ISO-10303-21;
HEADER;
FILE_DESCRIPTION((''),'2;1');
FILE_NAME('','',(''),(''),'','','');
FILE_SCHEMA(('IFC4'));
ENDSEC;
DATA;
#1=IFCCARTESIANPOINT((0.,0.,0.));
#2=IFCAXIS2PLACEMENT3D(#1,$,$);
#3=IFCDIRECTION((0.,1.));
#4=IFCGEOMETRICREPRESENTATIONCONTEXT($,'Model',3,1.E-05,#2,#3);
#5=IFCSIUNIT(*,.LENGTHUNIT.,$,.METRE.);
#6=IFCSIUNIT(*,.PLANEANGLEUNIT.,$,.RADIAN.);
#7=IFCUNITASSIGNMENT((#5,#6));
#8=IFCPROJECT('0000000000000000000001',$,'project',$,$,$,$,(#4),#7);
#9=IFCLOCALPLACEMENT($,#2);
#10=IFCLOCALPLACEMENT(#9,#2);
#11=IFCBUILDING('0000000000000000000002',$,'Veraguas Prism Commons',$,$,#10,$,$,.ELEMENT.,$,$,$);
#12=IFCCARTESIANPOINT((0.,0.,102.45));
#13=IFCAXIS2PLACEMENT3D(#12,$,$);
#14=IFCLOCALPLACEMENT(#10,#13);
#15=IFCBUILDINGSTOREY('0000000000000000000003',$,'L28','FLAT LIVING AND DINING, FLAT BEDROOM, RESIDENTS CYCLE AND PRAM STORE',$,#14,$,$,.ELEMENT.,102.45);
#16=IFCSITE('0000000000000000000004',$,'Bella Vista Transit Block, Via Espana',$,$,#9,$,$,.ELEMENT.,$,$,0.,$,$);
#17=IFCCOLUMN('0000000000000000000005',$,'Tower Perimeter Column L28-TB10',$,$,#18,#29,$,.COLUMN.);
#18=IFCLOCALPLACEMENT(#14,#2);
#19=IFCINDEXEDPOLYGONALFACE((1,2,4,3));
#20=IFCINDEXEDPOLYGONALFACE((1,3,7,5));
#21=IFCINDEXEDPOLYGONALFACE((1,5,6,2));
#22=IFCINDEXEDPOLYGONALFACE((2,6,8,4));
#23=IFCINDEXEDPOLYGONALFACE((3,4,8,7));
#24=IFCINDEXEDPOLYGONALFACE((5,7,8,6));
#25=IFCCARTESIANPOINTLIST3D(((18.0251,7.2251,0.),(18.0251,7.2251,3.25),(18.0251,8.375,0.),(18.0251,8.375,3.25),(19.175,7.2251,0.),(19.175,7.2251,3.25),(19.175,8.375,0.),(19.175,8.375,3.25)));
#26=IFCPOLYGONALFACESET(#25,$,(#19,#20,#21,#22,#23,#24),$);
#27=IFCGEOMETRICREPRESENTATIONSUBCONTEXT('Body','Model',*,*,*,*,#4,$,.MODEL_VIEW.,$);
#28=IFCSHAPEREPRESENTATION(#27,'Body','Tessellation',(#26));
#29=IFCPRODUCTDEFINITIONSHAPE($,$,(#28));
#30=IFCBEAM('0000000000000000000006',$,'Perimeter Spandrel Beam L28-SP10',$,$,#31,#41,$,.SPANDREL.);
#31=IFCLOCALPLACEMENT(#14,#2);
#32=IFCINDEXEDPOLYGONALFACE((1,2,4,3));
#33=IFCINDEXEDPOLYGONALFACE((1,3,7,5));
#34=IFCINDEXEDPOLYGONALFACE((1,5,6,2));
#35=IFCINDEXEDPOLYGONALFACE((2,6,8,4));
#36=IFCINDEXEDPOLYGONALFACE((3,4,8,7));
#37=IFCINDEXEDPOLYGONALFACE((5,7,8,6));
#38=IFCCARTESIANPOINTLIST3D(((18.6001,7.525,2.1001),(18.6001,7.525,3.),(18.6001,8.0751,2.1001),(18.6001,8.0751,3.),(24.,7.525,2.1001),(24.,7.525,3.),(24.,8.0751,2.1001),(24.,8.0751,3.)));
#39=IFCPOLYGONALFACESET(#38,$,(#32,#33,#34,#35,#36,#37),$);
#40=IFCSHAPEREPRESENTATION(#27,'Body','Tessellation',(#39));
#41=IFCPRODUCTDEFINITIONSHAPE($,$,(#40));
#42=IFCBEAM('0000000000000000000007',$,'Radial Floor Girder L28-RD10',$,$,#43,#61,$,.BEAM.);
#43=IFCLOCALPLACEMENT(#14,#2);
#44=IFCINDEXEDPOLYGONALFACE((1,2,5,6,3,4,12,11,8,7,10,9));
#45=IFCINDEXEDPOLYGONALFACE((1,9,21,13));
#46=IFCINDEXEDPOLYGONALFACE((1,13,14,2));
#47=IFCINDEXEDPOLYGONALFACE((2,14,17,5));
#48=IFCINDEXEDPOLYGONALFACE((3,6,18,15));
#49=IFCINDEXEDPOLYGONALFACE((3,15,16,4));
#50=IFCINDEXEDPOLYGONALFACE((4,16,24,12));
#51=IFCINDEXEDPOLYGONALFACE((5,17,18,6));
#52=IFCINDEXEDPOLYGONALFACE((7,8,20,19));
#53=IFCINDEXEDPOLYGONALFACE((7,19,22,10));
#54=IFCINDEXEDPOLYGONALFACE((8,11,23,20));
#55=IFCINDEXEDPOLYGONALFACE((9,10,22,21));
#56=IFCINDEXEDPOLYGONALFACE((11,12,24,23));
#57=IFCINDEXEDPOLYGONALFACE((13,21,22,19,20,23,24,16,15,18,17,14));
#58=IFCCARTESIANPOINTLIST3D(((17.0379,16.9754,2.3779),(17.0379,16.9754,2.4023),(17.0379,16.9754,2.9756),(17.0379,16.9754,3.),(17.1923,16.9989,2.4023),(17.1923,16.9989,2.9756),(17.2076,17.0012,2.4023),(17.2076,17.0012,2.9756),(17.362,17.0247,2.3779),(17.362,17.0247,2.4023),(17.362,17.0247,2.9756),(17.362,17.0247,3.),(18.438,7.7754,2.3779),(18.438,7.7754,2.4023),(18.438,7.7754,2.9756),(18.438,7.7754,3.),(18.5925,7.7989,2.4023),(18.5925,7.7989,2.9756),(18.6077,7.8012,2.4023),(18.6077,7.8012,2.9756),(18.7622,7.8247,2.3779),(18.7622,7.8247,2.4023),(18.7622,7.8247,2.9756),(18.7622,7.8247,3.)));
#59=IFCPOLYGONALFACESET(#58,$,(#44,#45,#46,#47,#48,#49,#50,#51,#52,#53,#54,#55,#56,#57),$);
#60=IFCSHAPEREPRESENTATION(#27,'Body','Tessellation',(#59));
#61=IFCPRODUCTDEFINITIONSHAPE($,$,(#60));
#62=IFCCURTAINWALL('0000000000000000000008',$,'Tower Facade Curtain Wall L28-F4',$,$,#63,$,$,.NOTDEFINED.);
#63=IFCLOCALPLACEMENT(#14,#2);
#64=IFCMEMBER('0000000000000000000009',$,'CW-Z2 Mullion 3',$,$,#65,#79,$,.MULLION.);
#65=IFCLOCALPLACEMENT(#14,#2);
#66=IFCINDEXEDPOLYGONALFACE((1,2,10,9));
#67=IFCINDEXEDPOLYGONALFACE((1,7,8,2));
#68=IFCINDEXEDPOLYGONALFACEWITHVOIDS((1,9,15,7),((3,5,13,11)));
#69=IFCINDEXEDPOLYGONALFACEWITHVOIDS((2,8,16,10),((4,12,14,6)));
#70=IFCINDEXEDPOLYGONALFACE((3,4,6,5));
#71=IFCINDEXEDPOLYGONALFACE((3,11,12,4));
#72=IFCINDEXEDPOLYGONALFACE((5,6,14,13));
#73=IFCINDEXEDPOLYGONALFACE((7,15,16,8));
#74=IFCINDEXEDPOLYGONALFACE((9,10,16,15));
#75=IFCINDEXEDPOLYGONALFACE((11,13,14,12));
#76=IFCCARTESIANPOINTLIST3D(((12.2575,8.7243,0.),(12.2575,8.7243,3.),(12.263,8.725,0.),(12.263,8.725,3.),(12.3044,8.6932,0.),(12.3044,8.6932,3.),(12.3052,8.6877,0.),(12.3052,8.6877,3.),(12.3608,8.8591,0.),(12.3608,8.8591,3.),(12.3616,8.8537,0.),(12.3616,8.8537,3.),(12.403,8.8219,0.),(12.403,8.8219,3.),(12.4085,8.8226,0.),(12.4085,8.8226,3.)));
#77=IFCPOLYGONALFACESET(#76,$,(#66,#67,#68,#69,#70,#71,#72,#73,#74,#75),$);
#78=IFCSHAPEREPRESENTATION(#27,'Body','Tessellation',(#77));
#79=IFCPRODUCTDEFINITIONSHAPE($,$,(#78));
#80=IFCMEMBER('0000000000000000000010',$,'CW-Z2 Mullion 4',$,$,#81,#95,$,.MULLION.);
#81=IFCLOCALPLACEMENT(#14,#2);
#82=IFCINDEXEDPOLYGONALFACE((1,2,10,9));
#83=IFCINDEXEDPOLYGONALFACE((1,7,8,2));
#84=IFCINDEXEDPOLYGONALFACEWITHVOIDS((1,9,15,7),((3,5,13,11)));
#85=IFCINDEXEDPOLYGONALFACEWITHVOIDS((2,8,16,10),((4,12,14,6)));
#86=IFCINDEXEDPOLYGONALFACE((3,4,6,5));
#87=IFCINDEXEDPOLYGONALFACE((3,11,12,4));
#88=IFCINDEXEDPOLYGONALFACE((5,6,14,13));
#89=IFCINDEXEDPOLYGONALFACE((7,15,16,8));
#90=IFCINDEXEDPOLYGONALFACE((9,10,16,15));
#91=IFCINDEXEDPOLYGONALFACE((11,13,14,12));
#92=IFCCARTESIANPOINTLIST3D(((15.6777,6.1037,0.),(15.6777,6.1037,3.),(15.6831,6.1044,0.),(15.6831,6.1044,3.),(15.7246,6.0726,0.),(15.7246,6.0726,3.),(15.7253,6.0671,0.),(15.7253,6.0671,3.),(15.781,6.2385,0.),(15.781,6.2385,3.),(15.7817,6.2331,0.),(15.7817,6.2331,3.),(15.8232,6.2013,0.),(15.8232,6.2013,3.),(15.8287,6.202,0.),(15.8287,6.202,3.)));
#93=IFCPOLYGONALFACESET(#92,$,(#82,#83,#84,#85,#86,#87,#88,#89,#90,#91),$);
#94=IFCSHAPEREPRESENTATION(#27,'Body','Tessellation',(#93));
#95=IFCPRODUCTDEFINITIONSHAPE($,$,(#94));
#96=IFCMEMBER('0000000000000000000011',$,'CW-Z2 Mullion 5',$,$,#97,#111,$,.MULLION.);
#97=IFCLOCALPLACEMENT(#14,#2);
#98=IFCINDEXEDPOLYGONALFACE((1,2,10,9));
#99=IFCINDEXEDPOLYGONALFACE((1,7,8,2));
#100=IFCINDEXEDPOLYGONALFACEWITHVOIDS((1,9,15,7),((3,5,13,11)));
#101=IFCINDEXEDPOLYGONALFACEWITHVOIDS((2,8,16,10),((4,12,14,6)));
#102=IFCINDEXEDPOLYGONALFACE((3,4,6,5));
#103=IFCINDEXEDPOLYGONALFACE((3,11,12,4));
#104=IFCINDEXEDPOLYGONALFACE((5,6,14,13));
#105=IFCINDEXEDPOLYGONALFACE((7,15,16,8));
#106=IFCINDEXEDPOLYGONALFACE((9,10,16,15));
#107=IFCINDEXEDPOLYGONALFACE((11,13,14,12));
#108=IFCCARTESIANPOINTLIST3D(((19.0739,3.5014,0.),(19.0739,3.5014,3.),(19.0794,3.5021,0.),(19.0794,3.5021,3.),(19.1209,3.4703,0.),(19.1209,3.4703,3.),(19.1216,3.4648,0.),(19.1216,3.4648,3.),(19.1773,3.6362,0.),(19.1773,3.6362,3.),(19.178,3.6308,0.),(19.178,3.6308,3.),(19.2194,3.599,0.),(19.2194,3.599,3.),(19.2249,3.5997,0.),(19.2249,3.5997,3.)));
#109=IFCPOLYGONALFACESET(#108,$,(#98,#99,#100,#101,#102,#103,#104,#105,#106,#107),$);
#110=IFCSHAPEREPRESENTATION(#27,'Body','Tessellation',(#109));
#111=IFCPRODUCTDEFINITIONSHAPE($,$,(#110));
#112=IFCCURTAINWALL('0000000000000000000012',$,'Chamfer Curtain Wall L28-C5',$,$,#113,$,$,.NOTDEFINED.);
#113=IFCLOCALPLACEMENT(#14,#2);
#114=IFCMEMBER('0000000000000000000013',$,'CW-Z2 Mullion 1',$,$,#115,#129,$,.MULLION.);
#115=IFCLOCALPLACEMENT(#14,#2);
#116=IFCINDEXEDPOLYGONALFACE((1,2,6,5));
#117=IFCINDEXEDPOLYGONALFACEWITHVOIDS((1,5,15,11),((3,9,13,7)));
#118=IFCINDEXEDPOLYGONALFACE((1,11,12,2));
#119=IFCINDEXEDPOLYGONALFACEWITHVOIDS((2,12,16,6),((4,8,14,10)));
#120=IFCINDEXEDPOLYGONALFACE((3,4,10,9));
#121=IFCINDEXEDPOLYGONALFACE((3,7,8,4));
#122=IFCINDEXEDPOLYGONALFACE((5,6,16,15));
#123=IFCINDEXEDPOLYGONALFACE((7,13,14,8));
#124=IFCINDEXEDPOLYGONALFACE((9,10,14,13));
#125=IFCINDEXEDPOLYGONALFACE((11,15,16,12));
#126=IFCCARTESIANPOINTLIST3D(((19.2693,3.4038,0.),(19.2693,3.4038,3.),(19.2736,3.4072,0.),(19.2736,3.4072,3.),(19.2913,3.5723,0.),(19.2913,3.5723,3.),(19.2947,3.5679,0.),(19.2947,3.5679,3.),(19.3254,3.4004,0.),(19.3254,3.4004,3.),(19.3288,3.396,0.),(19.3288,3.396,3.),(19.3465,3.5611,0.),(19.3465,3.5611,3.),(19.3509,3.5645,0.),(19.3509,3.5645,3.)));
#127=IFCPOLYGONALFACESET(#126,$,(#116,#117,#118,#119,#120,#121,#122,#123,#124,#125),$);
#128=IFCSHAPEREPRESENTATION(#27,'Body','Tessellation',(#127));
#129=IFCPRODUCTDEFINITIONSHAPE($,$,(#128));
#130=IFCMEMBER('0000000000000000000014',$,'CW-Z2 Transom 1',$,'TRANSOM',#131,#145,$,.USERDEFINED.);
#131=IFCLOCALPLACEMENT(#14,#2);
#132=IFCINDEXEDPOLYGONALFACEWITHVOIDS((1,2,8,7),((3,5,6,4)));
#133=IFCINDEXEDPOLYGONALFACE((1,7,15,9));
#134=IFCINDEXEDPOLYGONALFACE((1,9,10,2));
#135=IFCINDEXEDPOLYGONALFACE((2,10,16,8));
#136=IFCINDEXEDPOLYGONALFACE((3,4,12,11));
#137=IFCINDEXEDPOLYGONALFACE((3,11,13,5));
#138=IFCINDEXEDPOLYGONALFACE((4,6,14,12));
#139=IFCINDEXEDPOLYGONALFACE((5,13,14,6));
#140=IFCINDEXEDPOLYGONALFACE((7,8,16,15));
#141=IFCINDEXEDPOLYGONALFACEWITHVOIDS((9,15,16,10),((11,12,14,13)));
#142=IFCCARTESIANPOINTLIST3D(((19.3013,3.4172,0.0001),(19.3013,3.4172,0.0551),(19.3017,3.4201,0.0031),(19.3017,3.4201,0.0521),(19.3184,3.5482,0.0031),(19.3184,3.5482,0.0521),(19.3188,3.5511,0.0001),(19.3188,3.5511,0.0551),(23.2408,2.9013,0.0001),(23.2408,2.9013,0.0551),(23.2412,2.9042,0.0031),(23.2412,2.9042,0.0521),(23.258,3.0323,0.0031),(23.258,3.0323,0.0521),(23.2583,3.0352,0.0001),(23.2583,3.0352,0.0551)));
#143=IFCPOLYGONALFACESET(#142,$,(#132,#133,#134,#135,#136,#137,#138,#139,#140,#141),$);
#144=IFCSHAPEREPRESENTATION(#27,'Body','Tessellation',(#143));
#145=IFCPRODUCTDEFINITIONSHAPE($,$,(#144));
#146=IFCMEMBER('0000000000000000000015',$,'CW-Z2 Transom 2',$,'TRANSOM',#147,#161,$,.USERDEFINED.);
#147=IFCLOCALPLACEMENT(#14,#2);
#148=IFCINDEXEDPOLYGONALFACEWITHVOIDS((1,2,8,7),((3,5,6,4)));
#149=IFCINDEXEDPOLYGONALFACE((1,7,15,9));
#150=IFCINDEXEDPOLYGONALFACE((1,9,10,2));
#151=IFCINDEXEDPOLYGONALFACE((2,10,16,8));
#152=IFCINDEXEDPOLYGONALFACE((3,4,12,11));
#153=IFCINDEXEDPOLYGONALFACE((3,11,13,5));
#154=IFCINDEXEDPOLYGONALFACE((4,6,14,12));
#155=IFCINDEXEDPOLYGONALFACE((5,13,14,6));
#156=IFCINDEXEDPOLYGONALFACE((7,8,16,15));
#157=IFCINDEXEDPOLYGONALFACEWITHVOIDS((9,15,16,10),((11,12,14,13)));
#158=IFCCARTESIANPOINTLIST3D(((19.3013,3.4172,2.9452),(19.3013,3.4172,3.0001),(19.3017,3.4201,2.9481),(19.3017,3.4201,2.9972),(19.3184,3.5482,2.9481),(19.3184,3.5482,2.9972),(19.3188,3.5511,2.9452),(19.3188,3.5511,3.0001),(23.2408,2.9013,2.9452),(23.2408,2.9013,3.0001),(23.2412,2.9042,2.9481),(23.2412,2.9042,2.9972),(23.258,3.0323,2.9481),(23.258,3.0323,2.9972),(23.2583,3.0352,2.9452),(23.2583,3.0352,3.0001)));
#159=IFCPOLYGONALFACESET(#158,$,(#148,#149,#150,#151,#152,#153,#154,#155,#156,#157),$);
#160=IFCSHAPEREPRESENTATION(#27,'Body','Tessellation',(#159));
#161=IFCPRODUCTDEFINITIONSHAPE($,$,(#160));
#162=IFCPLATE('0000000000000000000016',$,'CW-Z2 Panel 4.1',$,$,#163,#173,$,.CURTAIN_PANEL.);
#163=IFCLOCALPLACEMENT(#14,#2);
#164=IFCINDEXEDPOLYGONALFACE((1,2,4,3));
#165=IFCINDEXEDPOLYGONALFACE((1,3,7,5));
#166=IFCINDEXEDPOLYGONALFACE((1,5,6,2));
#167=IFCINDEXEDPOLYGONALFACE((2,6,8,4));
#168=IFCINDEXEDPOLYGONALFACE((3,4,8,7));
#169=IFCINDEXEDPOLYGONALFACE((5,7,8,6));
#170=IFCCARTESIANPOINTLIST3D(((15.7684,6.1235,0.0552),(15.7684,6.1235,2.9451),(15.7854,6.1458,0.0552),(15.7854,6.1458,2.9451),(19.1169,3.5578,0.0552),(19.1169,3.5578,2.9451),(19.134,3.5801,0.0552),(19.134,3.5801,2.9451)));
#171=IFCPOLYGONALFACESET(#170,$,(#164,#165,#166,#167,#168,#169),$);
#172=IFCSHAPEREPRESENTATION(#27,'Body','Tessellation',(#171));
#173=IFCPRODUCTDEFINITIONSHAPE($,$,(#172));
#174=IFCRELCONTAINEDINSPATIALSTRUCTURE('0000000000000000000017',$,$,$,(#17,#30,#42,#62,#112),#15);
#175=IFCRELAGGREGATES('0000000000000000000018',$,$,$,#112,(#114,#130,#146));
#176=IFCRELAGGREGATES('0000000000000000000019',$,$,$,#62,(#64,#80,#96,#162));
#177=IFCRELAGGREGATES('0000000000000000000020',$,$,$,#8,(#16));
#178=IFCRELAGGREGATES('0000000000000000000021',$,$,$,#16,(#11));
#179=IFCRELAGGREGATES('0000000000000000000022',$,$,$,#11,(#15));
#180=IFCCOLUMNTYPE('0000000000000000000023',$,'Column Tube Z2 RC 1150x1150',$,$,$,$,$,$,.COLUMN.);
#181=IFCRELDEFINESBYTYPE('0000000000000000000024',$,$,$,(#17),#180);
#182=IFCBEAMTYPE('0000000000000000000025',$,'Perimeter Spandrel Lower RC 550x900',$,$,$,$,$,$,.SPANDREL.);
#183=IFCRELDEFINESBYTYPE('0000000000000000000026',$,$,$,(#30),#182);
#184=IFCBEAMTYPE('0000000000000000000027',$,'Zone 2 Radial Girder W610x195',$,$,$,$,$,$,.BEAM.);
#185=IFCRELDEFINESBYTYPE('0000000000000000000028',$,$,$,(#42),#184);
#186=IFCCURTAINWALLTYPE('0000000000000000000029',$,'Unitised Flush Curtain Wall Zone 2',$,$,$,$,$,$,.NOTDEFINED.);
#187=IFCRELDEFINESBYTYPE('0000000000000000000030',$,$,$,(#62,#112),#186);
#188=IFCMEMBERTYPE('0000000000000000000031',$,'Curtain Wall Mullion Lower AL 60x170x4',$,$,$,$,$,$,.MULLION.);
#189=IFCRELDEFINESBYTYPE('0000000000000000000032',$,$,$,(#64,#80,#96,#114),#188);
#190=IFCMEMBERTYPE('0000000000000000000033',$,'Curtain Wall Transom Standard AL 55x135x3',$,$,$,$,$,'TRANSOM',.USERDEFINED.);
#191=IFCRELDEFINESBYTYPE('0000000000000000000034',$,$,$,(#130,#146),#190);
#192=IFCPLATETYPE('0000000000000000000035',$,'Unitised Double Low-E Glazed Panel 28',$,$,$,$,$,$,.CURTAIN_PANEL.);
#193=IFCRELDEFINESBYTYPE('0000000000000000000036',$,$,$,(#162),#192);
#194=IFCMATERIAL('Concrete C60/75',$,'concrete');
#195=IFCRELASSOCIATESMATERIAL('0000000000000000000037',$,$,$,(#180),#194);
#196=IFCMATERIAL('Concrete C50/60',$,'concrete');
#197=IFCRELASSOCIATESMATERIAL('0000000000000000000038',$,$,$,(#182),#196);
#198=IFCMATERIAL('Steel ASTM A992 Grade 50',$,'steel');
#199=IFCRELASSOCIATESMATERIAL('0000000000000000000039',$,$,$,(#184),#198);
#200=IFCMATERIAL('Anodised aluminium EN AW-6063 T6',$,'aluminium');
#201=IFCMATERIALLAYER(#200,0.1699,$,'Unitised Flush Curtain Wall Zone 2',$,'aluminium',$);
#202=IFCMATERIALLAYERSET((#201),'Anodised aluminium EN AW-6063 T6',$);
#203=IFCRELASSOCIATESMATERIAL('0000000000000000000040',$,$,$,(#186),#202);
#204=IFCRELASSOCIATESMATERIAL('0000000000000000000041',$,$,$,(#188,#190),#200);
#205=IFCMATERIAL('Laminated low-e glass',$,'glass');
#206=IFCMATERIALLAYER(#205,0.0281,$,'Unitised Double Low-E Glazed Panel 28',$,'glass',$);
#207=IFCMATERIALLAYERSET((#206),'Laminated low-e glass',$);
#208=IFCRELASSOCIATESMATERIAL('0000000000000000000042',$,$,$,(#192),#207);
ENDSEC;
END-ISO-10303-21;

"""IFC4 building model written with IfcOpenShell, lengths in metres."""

from ifc_helpers import new_model, si_unit, direction, frame, origin, origin_2d, place, context, subcontext, project, spatial, rectangle, hollow_rectangle, i_section, extrude, source, transform, mapped, material, layer, layer_set, material_profile, profile_set, type_object, element, aggregate, save


model = new_model("IFC4")

# Units and contexts
model_context = context("Model", 3, precision=1e-05, world=origin(), true_north=direction((0.0, 1.0)))
body_context = subcontext(model_context, "Body", "Model", "MODEL_VIEW")
ifc_project = project(units=[si_unit("LENGTHUNIT", "METRE"), si_unit("PLANEANGLEUNIT", "RADIAN")], contexts=[model_context])

# Site, building, storey
site_placement = place(None, origin())
site = spatial("IfcSite", under=ifc_project, at=site_placement, Name="Bella Vista Transit Block, Via Espana", CompositionType="ELEMENT", RefElevation=0.0)
building_placement = place(site_placement, origin())
building = spatial("IfcBuilding", under=site, at=building_placement, Name="Veraguas Prism Commons", CompositionType="ELEMENT")
storey_placement = place(building_placement, frame((0.0, 0.0, 102.45)))
storey = spatial("IfcBuildingStorey", under=building, at=storey_placement, Name="L28", Description="FLAT LIVING AND DINING, FLAT BEDROOM, RESIDENTS CYCLE AND PRAM STORE", CompositionType="ELEMENT", Elevation=102.45)

# Column
ifc_material_1 = material(Name="Concrete C60/75", Category="concrete")
ifc_material_profile_1 = material_profile(ifc_material_1, rectangle(XDim=1.1499, YDim=1.1499, at=origin_2d()), Name="RC1150X1150")
ifc_profile_set_1 = profile_set([ifc_material_profile_1], Name="Concrete C60/75")
column_type = type_object("IfcColumnType", Name="Column Tube Z2 RC 1150x1150", PredefinedType="COLUMN", material=ifc_profile_set_1)
column_placement = place(storey_placement, frame((18.6001, 7.8, 0.0), z_axis=(0.0, 0.0, 1.0), x_axis=(1.0, 0.0, 0.0)))
element("IfcColumn", 1, at=column_placement, inside=storey, type_object=column_type, Name="Tower Perimeter Column L28-TB10", PredefinedType="COLUMN", context=body_context, shape_type="SweptSolid", body=[
    extrude(rectangle(XDim=1.1499, YDim=1.1499, at=origin_2d()), origin(), (0.0, 0.0, 1.0), 3.25),
])

# Beams
ifc_material_2 = material(Name="Concrete C50/60", Category="concrete")
ifc_material_profile_2 = material_profile(ifc_material_2, rectangle(XDim=0.55, YDim=0.8999, at=origin_2d()), Name="RC550X900")
ifc_profile_set_2 = profile_set([ifc_material_profile_2], Name="Concrete C50/60")
beam_type_1 = type_object("IfcBeamType", Name="Perimeter Spandrel Lower RC 550x900", PredefinedType="SPANDREL", material=ifc_profile_set_2)
beam_1_placement = place(storey_placement, frame((18.6001, 7.8, 2.55), z_axis=(1.0, 0.0, 0.0), x_axis=(0.0, 1.0, 0.0)))
element("IfcBeam", 2, at=beam_1_placement, inside=storey, type_object=beam_type_1, Name="Perimeter Spandrel Beam L28-SP10", PredefinedType="SPANDREL", context=body_context, shape_type="SweptSolid", body=[
    extrude(rectangle(XDim=0.55, YDim=0.8999, at=origin_2d()), origin(), (0.0, 0.0, 1.0), 5.3999),
])
ifc_material_3 = material(Name="Steel ASTM A992 Grade 50", Category="steel")
ifc_material_profile_3 = material_profile(ifc_material_3, i_section(OverallWidth=0.3279, OverallDepth=0.6221, WebThickness=0.0154, FlangeThickness=0.0244, at=origin_2d()), Name="W610X195")
ifc_profile_set_3 = profile_set([ifc_material_profile_3], Name="Steel ASTM A992 Grade 50")
beam_type_2 = type_object("IfcBeamType", Name="Zone 2 Radial Girder W610x195", PredefinedType="BEAM", material=ifc_profile_set_3)
beam_2_placement = place(storey_placement, frame((18.6001, 7.8, 2.689), z_axis=(-0.150458, 0.988616, 0.0), x_axis=(-0.988616, -0.150458, 0.0)))
element("IfcBeam", 3, at=beam_2_placement, inside=storey, type_object=beam_type_2, Name="Radial Floor Girder L28-RD10", PredefinedType="BEAM", context=body_context, shape_type="SweptSolid", body=[
    extrude(i_section(OverallWidth=0.3279, OverallDepth=0.6221, WebThickness=0.0154, FlangeThickness=0.0244, at=origin_2d()), origin(), (0.0, 0.0, 1.0), 9.3059),
])

# Curtain walls, members
ifc_material_4 = material(Name="Anodised aluminium EN AW-6063 T6", Category="aluminium")
ifc_layer_1 = layer(ifc_material_4, 0.1699, Name="Unitised Flush Curtain Wall Zone 2", Category="aluminium")
ifc_layer_set_1 = layer_set([ifc_layer_1], Name="Anodised aluminium EN AW-6063 T6")
curtain_wall_type = type_object("IfcCurtainWallType", Name="Unitised Flush Curtain Wall Zone 2", PredefinedType="NOTDEFINED", material=ifc_layer_set_1)
curtain_wall_1_placement = place(storey_placement, origin())
curtain_wall_1 = element("IfcCurtainWall", 4, at=curtain_wall_1_placement, inside=storey, type_object=curtain_wall_type, Name="Tower Facade Curtain Wall L28-F4", PredefinedType="NOTDEFINED")
ifc_material_profile_4 = material_profile(ifc_material_4, hollow_rectangle(XDim=0.0601, YDim=0.1699, WallThickness=0.0039, at=origin_2d()), Name="AL60X170X4")
ifc_profile_set_4 = profile_set([ifc_material_profile_4], Name="Anodised aluminium EN AW-6063 T6")
member_type_1 = type_object("IfcMemberType", Name="Curtain Wall Mullion Lower AL 60x170x4", PredefinedType="MULLION", material=ifc_profile_set_4)
shared_shape_1 = source(origin(), body_context, "Body", "SweptSolid", [
    extrude(hollow_rectangle(XDim=0.0601, YDim=0.1699, WallThickness=0.0039, at=origin_2d()), origin(), (0.0, 0.0, 1.0), 3.0),
])
member_1_placement = place(storey_placement, frame((12.333, 8.7734, 0.0), z_axis=(0.0, 0.0, 1.0), x_axis=(0.793778, -0.608207, 0.0)))
member_1 = element("IfcMember", 5, at=member_1_placement, type_object=member_type_1, Name="CW-Z2 Mullion 3", PredefinedType="MULLION", context=body_context, shape_type="MappedRepresentation", body=[
    mapped(shared_shape_1, transform((0.0, 0.0, 0.0), scale=1.0)),
])
member_2_placement = place(storey_placement, frame((15.7532, 6.1528, 0.0), z_axis=(0.0, 0.0, 1.0), x_axis=(0.793778, -0.608207, 0.0)))
member_2 = element("IfcMember", 6, at=member_2_placement, type_object=member_type_1, Name="CW-Z2 Mullion 4", PredefinedType="MULLION", context=body_context, shape_type="MappedRepresentation", body=[
    mapped(shared_shape_1, transform((0.0, 0.0, 0.0), scale=1.0)),
])
member_3_placement = place(storey_placement, frame((19.1494, 3.5505, 0.0), z_axis=(0.0, 0.0, 1.0), x_axis=(0.793778, -0.608207, 0.0)))
member_3 = element("IfcMember", 7, at=member_3_placement, type_object=member_type_1, Name="CW-Z2 Mullion 5", PredefinedType="MULLION", context=body_context, shape_type="MappedRepresentation", body=[
    mapped(shared_shape_1, transform((0.0, 0.0, 0.0), scale=1.0)),
])
curtain_wall_2_placement = place(storey_placement, origin())
curtain_wall_2 = element("IfcCurtainWall", 8, at=curtain_wall_2_placement, inside=storey, type_object=curtain_wall_type, Name="Chamfer Curtain Wall L28-C5", PredefinedType="NOTDEFINED")
member_4_placement = place(storey_placement, frame((19.3101, 3.4841, 0.0), z_axis=(0.0, 0.0, 1.0), x_axis=(0.991537, -0.129825, 0.0)))
member_4 = element("IfcMember", 9, at=member_4_placement, type_object=member_type_1, Name="CW-Z2 Mullion 1", PredefinedType="MULLION", context=body_context, shape_type="MappedRepresentation", body=[
    mapped(shared_shape_1, transform((0.0, 0.0, 0.0), scale=1.0)),
])
ifc_material_profile_5 = material_profile(ifc_material_4, hollow_rectangle(XDim=0.0549, YDim=0.135, WallThickness=0.0029, at=origin_2d()), Name="AL55X135X3")
ifc_profile_set_5 = profile_set([ifc_material_profile_5], Name="Anodised aluminium EN AW-6063 T6")
member_type_2 = type_object("IfcMemberType", Name="Curtain Wall Transom Standard AL 55x135x3", ElementType="TRANSOM", PredefinedType="USERDEFINED", material=ifc_profile_set_5)
shared_shape_2 = source(origin(), body_context, "Body", "SweptSolid", [
    extrude(hollow_rectangle(XDim=0.0549, YDim=0.135, WallThickness=0.0029, at=origin_2d()), origin(), (0.0, 0.0, 1.0), 3.9731),
])
member_5_placement = place(storey_placement, frame((19.3101, 3.4841, 0.0276), z_axis=(0.991535, -0.129841, 0.0), x_axis=(0.0, 0.0, 1.0)))
member_5 = element("IfcMember", 10, at=member_5_placement, type_object=member_type_2, Name="CW-Z2 Transom 1", ObjectType="TRANSOM", PredefinedType="USERDEFINED", context=body_context, shape_type="MappedRepresentation", body=[
    mapped(shared_shape_2, transform((0.0, 0.0, 0.0), scale=1.0)),
])
member_6_placement = place(storey_placement, frame((19.3101, 3.4841, 2.9727), z_axis=(0.991535, -0.129841, 0.0), x_axis=(0.0, 0.0, 1.0)))
member_6 = element("IfcMember", 11, at=member_6_placement, type_object=member_type_2, Name="CW-Z2 Transom 2", ObjectType="TRANSOM", PredefinedType="USERDEFINED", context=body_context, shape_type="MappedRepresentation", body=[
    mapped(shared_shape_2, transform((0.0, 0.0, 0.0), scale=1.0)),
])
aggregate(curtain_wall_2, [member_4, member_5, member_6])

# Plate
ifc_material_5 = material(Name="Laminated low-e glass", Category="glass")
ifc_layer_2 = layer(ifc_material_5, 0.0281, Name="Unitised Double Low-E Glazed Panel 28", Category="glass")
ifc_layer_set_2 = layer_set([ifc_layer_2], Name="Laminated low-e glass")
plate_type = type_object("IfcPlateType", Name="Unitised Double Low-E Glazed Panel 28", PredefinedType="CURTAIN_PANEL", material=ifc_layer_set_2)
shared_shape_3 = source(origin(), body_context, "Body", "SweptSolid", [
    extrude(rectangle(XDim=4.2185, YDim=0.0281, at=origin_2d()), origin(), (0.0, 0.0, 1.0), 2.8899),
])
plate_1_placement = place(storey_placement, frame((17.4512, 4.8518, 0.0552), z_axis=(0.0, 0.0, 1.0), x_axis=(0.793778, -0.608207, 0.0)))
plate_1 = element("IfcPlate", 12, at=plate_1_placement, type_object=plate_type, Name="CW-Z2 Panel 4.1", PredefinedType="CURTAIN_PANEL", context=body_context, shape_type="MappedRepresentation", body=[
    mapped(shared_shape_3, transform((0.0, 0.0, 0.0), scale=1.0)),
])
aggregate(curtain_wall_1, [member_1, member_2, member_3, plate_1])

save(model, "model.ifc")
